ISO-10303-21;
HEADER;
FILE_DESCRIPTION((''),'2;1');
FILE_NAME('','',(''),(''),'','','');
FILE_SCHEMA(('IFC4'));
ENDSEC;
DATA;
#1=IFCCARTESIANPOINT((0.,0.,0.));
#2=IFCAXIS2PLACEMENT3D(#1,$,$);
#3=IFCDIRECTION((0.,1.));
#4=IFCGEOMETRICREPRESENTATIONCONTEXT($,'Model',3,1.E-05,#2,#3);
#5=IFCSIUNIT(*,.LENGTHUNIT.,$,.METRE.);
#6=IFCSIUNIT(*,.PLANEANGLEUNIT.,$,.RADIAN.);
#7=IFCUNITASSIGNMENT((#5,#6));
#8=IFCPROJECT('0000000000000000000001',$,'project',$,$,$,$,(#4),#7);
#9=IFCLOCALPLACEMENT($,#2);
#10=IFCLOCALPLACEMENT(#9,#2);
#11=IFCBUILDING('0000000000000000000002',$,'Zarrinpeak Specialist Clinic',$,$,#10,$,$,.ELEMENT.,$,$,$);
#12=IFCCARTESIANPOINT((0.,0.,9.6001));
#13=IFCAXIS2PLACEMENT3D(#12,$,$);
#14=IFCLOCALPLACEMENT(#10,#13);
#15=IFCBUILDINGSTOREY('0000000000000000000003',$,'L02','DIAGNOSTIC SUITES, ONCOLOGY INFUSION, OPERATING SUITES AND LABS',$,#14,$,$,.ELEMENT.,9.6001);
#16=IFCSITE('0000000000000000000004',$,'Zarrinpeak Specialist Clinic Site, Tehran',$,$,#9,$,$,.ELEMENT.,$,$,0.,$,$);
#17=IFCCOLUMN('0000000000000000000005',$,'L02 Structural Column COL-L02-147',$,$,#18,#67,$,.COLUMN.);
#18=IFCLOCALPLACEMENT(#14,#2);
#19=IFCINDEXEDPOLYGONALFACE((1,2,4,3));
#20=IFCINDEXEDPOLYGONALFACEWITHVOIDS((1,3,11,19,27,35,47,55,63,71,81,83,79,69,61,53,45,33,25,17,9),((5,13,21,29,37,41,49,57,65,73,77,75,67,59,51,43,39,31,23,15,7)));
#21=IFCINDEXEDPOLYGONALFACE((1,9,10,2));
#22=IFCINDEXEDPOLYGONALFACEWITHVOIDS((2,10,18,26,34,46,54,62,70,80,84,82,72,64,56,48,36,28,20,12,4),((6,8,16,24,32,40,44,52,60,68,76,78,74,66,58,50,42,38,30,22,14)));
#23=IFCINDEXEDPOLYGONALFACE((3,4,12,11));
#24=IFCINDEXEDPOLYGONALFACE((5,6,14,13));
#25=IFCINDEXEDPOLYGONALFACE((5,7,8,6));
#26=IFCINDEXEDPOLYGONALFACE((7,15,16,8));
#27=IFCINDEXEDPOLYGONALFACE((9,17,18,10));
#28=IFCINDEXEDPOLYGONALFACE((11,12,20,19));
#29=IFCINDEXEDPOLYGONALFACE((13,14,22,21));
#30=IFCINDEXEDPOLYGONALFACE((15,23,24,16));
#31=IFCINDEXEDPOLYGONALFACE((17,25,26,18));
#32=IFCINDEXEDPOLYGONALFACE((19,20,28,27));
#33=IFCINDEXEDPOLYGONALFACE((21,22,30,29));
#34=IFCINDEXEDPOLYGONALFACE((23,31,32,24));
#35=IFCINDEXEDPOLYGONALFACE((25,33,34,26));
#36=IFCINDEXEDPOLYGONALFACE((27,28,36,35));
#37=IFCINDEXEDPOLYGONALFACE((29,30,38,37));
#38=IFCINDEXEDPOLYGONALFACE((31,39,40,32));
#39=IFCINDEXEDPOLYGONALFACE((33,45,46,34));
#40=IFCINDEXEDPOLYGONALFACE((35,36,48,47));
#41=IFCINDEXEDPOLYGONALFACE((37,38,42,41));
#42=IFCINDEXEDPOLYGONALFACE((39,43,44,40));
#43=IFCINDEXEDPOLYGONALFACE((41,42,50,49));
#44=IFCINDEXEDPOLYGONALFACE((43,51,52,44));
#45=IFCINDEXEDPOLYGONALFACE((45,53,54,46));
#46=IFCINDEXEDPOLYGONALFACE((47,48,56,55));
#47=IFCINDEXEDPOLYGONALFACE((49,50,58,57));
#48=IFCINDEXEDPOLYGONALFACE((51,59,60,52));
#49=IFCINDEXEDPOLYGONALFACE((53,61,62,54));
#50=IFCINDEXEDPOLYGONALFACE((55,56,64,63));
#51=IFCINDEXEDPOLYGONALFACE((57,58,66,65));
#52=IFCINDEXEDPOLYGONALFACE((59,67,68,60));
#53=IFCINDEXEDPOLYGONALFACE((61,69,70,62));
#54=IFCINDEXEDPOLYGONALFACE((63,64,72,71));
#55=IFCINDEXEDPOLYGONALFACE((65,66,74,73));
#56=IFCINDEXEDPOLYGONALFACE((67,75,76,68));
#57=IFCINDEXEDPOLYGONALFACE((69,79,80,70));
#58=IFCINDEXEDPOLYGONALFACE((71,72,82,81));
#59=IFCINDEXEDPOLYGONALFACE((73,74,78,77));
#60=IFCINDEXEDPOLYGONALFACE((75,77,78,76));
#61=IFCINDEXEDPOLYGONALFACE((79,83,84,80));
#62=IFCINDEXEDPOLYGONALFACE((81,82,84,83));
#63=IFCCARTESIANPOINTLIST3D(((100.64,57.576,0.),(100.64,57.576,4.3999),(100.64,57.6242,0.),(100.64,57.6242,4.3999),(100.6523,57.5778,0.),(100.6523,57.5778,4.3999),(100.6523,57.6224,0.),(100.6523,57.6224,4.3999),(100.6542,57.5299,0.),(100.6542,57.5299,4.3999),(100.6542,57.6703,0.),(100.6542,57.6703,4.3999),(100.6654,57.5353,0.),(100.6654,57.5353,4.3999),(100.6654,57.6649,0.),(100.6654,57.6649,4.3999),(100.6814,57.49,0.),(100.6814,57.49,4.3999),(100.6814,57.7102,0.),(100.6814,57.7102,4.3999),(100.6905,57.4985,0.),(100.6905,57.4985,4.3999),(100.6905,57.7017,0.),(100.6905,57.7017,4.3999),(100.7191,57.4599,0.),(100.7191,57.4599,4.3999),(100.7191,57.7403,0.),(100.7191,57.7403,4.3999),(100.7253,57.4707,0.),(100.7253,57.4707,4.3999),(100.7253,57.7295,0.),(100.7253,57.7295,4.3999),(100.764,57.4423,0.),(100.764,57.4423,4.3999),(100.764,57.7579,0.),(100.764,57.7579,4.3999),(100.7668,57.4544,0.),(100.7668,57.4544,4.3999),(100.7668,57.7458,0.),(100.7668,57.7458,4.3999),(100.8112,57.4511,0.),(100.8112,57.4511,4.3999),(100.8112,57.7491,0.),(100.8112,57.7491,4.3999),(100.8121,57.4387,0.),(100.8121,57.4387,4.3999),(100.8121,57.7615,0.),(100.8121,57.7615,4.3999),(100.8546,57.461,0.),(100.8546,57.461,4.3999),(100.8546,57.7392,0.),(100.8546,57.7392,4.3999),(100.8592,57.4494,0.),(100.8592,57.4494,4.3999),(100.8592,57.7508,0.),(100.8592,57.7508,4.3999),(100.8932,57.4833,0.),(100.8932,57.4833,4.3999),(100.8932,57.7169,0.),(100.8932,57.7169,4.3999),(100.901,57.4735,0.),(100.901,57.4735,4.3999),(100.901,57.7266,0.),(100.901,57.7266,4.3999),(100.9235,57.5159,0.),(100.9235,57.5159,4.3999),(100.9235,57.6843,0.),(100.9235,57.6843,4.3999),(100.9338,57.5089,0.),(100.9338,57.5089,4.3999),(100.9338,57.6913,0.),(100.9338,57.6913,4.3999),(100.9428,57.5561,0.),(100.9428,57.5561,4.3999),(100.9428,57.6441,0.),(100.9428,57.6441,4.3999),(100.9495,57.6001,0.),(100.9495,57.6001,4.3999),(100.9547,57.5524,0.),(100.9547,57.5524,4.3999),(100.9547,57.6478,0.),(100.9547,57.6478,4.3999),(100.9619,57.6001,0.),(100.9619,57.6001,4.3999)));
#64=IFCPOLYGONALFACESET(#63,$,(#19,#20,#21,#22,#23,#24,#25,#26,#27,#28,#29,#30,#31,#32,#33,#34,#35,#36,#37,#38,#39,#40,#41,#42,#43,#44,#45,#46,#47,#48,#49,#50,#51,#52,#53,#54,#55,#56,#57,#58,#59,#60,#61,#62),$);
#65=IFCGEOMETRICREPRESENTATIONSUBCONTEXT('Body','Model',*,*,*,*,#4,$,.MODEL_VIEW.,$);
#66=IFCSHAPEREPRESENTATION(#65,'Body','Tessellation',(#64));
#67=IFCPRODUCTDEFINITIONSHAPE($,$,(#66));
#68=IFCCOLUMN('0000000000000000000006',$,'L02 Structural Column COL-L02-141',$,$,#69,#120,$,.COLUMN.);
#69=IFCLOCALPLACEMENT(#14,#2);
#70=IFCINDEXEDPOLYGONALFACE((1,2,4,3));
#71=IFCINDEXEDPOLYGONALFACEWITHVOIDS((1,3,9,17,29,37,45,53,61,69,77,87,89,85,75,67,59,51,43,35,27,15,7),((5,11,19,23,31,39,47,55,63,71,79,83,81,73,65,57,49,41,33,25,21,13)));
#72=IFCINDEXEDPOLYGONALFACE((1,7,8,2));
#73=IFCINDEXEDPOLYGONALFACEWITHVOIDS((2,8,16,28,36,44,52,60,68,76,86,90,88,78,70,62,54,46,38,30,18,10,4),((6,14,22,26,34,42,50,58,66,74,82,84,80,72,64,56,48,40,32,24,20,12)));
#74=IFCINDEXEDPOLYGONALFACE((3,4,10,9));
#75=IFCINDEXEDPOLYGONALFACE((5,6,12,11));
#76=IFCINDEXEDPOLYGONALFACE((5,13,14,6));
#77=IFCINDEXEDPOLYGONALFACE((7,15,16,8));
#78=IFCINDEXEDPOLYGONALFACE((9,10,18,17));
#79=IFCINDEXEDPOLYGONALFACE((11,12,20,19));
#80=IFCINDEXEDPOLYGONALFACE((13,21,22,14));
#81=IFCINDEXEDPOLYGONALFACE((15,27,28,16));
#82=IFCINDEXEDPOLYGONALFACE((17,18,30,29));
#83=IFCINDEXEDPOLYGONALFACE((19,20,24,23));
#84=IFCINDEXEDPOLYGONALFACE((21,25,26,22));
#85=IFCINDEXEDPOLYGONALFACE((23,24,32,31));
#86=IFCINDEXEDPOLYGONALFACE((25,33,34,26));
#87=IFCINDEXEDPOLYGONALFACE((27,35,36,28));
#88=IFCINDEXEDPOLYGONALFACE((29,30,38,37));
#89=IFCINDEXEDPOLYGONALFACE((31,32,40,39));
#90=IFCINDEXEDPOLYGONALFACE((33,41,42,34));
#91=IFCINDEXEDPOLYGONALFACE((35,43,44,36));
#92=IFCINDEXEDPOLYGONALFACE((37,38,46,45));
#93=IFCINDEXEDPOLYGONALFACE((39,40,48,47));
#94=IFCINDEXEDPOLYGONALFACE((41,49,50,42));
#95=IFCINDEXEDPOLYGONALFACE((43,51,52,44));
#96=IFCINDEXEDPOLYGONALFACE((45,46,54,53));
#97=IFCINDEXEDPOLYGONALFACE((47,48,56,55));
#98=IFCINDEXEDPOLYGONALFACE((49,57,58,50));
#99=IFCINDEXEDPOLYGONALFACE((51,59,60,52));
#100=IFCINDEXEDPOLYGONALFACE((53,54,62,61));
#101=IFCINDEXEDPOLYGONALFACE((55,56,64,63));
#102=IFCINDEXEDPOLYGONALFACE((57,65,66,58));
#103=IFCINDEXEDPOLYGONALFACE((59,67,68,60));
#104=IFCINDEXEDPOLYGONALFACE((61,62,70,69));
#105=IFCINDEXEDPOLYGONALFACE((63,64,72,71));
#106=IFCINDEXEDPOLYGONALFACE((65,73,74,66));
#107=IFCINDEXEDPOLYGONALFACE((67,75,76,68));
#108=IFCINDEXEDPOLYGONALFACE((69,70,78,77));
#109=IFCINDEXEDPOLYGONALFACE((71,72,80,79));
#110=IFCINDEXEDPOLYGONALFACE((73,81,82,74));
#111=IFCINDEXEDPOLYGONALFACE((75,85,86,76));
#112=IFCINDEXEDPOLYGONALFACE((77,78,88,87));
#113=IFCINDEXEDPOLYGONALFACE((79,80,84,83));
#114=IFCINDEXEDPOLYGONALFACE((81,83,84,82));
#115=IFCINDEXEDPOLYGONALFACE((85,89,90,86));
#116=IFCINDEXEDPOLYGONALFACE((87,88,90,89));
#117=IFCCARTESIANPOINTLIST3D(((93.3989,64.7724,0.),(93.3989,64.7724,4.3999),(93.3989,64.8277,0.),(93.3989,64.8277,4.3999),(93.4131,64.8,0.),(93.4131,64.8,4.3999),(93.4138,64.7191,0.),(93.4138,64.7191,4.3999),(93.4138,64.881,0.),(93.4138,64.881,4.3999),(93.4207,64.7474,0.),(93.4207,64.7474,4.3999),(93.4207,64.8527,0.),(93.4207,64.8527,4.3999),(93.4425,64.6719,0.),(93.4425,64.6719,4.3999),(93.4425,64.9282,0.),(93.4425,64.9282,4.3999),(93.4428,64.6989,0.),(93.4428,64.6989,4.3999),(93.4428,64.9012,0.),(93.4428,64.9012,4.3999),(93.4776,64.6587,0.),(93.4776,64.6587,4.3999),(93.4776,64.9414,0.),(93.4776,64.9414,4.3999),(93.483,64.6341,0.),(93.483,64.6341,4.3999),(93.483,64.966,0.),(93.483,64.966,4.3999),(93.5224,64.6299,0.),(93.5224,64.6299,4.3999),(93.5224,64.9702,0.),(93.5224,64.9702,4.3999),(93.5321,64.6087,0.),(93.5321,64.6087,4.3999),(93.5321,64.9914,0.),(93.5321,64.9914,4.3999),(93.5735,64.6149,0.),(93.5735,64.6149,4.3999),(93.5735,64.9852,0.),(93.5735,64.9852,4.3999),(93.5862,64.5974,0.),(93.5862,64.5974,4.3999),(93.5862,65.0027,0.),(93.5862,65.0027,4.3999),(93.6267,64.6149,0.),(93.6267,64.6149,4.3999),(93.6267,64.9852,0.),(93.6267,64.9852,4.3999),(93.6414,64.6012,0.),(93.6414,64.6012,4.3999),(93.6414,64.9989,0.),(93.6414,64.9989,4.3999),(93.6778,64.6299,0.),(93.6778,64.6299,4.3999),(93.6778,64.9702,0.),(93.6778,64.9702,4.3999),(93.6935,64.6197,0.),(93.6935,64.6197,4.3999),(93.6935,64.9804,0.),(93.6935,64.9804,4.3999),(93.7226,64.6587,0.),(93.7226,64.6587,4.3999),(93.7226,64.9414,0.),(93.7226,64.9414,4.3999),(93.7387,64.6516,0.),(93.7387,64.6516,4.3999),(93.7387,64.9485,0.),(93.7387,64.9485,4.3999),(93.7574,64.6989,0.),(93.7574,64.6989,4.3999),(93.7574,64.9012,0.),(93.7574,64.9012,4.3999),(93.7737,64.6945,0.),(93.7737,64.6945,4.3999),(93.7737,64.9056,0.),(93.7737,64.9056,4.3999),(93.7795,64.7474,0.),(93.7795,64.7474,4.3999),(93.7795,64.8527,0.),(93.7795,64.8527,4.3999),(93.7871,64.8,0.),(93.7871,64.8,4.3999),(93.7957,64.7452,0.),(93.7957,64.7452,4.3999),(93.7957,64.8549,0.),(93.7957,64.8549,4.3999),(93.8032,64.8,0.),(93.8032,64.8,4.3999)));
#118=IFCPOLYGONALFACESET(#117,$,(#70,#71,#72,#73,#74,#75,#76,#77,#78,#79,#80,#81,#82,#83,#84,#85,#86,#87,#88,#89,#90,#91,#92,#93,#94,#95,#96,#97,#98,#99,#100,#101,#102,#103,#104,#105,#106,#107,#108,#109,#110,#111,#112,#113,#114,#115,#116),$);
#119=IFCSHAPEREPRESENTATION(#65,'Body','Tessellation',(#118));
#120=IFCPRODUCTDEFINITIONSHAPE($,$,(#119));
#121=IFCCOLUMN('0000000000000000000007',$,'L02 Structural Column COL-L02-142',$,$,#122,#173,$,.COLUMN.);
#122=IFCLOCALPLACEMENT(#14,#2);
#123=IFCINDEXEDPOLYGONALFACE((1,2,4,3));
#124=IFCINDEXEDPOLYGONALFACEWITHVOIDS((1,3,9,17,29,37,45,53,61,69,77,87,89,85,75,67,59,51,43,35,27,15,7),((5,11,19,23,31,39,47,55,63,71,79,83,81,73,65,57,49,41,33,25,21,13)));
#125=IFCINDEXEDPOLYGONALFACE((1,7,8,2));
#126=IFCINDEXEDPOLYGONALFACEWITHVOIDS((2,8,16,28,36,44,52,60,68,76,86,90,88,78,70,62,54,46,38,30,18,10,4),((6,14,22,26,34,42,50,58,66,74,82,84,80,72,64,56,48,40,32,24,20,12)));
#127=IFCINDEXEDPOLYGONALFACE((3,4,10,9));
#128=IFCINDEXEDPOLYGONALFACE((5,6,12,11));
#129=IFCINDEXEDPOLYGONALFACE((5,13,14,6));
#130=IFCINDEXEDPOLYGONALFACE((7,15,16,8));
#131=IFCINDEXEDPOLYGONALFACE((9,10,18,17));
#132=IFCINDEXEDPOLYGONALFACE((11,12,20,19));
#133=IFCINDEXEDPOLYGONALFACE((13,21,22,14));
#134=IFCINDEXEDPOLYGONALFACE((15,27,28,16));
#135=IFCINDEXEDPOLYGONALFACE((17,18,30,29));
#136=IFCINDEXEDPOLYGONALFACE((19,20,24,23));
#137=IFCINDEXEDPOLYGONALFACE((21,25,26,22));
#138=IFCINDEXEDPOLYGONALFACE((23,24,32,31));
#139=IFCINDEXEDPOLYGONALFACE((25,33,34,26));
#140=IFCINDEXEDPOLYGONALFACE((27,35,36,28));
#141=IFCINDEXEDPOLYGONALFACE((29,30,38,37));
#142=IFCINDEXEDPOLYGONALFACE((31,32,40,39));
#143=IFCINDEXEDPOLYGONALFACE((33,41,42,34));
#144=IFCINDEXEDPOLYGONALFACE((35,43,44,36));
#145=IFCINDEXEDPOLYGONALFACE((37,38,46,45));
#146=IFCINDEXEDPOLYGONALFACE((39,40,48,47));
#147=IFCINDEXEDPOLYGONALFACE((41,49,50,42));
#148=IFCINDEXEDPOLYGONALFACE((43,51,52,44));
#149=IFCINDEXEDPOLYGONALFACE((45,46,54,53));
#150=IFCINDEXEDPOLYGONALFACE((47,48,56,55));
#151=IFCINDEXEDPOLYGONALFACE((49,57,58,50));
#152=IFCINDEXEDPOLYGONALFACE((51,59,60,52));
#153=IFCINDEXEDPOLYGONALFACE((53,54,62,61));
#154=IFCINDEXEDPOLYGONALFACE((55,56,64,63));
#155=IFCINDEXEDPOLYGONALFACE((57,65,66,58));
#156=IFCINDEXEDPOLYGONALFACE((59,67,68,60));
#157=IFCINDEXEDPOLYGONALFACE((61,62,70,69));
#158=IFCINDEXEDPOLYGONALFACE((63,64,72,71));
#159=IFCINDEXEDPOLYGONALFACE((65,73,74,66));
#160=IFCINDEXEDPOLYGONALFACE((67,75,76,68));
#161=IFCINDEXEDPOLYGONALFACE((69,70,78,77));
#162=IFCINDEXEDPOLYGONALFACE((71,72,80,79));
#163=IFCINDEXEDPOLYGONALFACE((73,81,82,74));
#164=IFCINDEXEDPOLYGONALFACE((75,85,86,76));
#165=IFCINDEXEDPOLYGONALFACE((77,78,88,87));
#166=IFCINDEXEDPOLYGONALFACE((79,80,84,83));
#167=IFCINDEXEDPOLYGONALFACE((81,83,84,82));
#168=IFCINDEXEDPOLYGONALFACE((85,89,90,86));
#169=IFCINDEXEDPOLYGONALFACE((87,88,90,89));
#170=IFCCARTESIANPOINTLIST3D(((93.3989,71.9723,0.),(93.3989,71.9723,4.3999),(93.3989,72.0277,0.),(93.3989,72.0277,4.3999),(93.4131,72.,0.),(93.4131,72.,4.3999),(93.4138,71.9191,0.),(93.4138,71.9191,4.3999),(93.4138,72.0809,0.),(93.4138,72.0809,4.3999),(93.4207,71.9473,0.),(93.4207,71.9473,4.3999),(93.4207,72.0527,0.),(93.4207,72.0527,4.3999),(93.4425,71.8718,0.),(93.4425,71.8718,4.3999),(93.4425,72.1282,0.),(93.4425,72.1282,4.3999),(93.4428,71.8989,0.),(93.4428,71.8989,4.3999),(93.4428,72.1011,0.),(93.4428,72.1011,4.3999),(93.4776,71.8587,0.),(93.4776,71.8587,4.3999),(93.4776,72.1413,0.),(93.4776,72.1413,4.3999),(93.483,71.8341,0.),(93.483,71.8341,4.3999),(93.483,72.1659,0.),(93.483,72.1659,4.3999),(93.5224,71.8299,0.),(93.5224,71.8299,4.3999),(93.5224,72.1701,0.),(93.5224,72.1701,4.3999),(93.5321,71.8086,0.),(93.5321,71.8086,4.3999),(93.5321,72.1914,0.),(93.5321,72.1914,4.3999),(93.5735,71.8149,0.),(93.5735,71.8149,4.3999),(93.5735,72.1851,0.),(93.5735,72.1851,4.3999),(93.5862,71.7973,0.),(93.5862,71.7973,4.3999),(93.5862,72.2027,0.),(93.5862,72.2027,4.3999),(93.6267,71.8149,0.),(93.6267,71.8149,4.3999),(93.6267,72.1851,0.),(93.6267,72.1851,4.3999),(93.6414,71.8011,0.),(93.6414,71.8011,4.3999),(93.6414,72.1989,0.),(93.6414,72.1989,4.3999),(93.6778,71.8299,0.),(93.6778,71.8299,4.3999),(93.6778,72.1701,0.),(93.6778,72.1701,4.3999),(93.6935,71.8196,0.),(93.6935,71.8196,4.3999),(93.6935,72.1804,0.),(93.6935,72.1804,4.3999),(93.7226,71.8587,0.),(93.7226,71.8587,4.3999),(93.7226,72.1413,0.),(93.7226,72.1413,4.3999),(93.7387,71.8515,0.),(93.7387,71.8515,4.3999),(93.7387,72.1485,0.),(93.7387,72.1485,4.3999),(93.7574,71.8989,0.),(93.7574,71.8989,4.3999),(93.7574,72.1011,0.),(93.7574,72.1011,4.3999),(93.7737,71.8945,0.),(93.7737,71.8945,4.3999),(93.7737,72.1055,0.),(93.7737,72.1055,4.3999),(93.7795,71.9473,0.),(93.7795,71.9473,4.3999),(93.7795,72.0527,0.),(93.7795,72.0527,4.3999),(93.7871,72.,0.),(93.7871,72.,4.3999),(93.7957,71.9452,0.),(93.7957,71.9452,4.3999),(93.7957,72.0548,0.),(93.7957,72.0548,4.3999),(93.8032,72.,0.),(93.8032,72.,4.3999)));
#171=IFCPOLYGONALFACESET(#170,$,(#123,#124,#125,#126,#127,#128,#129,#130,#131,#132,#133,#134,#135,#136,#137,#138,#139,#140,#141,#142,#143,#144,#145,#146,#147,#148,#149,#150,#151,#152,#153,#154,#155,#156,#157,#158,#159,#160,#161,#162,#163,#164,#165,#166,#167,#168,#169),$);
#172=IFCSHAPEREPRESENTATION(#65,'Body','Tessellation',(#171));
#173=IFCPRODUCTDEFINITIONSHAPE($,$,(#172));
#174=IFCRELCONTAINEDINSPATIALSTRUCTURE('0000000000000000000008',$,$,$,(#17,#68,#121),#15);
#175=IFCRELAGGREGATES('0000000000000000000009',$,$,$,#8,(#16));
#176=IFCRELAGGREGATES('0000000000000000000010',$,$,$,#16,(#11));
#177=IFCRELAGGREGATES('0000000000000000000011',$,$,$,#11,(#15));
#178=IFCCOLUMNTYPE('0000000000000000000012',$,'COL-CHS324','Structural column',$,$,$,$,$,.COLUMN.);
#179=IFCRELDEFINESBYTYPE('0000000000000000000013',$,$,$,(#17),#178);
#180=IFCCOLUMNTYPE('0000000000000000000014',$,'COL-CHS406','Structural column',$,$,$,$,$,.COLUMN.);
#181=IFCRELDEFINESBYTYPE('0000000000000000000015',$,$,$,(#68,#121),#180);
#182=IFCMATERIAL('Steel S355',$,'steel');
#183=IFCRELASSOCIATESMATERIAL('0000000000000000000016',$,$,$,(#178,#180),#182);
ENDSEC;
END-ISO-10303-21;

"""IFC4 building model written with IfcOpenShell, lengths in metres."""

from ifc_helpers import new_model, si_unit, direction, frame, origin, origin_2d, place, context, subcontext, project, spatial, hollow_circle, extrude, material, material_profile, profile_set, type_object, element, save


model = new_model("IFC4")

# Units and contexts
model_context = context("Model", 3, precision=1e-05, world=origin(), true_north=direction((0.0, 1.0)))
body_context = subcontext(model_context, "Body", "Model", "MODEL_VIEW")
ifc_project = project(units=[si_unit("LENGTHUNIT", "METRE"), si_unit("PLANEANGLEUNIT", "RADIAN")], contexts=[model_context])

# Site, building, storey
site_placement = place(None, origin())
site = spatial("IfcSite", under=ifc_project, at=site_placement, Name="Zarrinpeak Specialist Clinic Site, Tehran", CompositionType="ELEMENT", RefElevation=0.0)
building_placement = place(site_placement, origin())
building = spatial("IfcBuilding", under=site, at=building_placement, Name="Zarrinpeak Specialist Clinic", CompositionType="ELEMENT")
storey_placement = place(building_placement, frame((0.0, 0.0, 9.6001)))
storey = spatial("IfcBuildingStorey", under=building, at=storey_placement, Name="L02", Description="DIAGNOSTIC SUITES, ONCOLOGY INFUSION, OPERATING SUITES AND LABS", CompositionType="ELEMENT", Elevation=9.6001)

# Columns
ifc_material_1 = material(Name="Steel S355", Category="steel")
ifc_material_profile_1 = material_profile(ifc_material_1, hollow_circle(Radius=0.1619, WallThickness=0.0125, at=origin_2d()), Name="CHS 323.9x12.5")
ifc_profile_set_1 = profile_set([ifc_material_profile_1], Name="Steel S355")
column_type_1 = type_object("IfcColumnType", Name="COL-CHS324", Description="Structural column", PredefinedType="COLUMN", material=ifc_profile_set_1)
column_placement = place(storey_placement, frame((100.8, 57.6001, 0.0), z_axis=(0.0, 0.0, 1.0), x_axis=(1.0, 0.0, 0.0)))
element("IfcColumn", 1, at=column_placement, inside=storey, type_object=column_type_1, Name="L02 Structural Column COL-L02-147", PredefinedType="COLUMN", context=body_context, shape_type="SweptSolid", body=[
    extrude(hollow_circle(Radius=0.1619, WallThickness=0.0125, at=origin_2d()), origin(), (0.0, 0.0, 1.0), 4.3999),
])
ifc_material_profile_2 = material_profile(ifc_material_1, hollow_circle(Radius=0.2031, WallThickness=0.0161, at=origin_2d()), Name="CHS 406.4x16.0")
ifc_profile_set_2 = profile_set([ifc_material_profile_2], Name="Steel S355")
column_type_2 = type_object("IfcColumnType", Name="COL-CHS406", Description="Structural column", PredefinedType="COLUMN", material=ifc_profile_set_2)
for number, where, z_axis, x_axis, name in (
    (2, (93.6001, 64.8, 0.0), (0.0, 0.0, 1.0), (1.0, 0.0, 0.0), "L02 Structural Column COL-L02-141"),
    (3, (93.6001, 72.0, 0.0), (0.0, 0.0, 1.0), (1.0, 0.0, 0.0), "L02 Structural Column COL-L02-142"),
):
    element("IfcColumn", number, at=place(storey_placement, frame(where, z_axis=z_axis, x_axis=x_axis)), inside=storey, type_object=column_type_2, Name=name, PredefinedType="COLUMN", context=body_context, shape_type="SweptSolid", body=[
        extrude(hollow_circle(Radius=0.2031, WallThickness=0.0161, at=origin_2d()), origin(), (0.0, 0.0, 1.0), 4.3999),
    ])

save(model, "model.ifc")
